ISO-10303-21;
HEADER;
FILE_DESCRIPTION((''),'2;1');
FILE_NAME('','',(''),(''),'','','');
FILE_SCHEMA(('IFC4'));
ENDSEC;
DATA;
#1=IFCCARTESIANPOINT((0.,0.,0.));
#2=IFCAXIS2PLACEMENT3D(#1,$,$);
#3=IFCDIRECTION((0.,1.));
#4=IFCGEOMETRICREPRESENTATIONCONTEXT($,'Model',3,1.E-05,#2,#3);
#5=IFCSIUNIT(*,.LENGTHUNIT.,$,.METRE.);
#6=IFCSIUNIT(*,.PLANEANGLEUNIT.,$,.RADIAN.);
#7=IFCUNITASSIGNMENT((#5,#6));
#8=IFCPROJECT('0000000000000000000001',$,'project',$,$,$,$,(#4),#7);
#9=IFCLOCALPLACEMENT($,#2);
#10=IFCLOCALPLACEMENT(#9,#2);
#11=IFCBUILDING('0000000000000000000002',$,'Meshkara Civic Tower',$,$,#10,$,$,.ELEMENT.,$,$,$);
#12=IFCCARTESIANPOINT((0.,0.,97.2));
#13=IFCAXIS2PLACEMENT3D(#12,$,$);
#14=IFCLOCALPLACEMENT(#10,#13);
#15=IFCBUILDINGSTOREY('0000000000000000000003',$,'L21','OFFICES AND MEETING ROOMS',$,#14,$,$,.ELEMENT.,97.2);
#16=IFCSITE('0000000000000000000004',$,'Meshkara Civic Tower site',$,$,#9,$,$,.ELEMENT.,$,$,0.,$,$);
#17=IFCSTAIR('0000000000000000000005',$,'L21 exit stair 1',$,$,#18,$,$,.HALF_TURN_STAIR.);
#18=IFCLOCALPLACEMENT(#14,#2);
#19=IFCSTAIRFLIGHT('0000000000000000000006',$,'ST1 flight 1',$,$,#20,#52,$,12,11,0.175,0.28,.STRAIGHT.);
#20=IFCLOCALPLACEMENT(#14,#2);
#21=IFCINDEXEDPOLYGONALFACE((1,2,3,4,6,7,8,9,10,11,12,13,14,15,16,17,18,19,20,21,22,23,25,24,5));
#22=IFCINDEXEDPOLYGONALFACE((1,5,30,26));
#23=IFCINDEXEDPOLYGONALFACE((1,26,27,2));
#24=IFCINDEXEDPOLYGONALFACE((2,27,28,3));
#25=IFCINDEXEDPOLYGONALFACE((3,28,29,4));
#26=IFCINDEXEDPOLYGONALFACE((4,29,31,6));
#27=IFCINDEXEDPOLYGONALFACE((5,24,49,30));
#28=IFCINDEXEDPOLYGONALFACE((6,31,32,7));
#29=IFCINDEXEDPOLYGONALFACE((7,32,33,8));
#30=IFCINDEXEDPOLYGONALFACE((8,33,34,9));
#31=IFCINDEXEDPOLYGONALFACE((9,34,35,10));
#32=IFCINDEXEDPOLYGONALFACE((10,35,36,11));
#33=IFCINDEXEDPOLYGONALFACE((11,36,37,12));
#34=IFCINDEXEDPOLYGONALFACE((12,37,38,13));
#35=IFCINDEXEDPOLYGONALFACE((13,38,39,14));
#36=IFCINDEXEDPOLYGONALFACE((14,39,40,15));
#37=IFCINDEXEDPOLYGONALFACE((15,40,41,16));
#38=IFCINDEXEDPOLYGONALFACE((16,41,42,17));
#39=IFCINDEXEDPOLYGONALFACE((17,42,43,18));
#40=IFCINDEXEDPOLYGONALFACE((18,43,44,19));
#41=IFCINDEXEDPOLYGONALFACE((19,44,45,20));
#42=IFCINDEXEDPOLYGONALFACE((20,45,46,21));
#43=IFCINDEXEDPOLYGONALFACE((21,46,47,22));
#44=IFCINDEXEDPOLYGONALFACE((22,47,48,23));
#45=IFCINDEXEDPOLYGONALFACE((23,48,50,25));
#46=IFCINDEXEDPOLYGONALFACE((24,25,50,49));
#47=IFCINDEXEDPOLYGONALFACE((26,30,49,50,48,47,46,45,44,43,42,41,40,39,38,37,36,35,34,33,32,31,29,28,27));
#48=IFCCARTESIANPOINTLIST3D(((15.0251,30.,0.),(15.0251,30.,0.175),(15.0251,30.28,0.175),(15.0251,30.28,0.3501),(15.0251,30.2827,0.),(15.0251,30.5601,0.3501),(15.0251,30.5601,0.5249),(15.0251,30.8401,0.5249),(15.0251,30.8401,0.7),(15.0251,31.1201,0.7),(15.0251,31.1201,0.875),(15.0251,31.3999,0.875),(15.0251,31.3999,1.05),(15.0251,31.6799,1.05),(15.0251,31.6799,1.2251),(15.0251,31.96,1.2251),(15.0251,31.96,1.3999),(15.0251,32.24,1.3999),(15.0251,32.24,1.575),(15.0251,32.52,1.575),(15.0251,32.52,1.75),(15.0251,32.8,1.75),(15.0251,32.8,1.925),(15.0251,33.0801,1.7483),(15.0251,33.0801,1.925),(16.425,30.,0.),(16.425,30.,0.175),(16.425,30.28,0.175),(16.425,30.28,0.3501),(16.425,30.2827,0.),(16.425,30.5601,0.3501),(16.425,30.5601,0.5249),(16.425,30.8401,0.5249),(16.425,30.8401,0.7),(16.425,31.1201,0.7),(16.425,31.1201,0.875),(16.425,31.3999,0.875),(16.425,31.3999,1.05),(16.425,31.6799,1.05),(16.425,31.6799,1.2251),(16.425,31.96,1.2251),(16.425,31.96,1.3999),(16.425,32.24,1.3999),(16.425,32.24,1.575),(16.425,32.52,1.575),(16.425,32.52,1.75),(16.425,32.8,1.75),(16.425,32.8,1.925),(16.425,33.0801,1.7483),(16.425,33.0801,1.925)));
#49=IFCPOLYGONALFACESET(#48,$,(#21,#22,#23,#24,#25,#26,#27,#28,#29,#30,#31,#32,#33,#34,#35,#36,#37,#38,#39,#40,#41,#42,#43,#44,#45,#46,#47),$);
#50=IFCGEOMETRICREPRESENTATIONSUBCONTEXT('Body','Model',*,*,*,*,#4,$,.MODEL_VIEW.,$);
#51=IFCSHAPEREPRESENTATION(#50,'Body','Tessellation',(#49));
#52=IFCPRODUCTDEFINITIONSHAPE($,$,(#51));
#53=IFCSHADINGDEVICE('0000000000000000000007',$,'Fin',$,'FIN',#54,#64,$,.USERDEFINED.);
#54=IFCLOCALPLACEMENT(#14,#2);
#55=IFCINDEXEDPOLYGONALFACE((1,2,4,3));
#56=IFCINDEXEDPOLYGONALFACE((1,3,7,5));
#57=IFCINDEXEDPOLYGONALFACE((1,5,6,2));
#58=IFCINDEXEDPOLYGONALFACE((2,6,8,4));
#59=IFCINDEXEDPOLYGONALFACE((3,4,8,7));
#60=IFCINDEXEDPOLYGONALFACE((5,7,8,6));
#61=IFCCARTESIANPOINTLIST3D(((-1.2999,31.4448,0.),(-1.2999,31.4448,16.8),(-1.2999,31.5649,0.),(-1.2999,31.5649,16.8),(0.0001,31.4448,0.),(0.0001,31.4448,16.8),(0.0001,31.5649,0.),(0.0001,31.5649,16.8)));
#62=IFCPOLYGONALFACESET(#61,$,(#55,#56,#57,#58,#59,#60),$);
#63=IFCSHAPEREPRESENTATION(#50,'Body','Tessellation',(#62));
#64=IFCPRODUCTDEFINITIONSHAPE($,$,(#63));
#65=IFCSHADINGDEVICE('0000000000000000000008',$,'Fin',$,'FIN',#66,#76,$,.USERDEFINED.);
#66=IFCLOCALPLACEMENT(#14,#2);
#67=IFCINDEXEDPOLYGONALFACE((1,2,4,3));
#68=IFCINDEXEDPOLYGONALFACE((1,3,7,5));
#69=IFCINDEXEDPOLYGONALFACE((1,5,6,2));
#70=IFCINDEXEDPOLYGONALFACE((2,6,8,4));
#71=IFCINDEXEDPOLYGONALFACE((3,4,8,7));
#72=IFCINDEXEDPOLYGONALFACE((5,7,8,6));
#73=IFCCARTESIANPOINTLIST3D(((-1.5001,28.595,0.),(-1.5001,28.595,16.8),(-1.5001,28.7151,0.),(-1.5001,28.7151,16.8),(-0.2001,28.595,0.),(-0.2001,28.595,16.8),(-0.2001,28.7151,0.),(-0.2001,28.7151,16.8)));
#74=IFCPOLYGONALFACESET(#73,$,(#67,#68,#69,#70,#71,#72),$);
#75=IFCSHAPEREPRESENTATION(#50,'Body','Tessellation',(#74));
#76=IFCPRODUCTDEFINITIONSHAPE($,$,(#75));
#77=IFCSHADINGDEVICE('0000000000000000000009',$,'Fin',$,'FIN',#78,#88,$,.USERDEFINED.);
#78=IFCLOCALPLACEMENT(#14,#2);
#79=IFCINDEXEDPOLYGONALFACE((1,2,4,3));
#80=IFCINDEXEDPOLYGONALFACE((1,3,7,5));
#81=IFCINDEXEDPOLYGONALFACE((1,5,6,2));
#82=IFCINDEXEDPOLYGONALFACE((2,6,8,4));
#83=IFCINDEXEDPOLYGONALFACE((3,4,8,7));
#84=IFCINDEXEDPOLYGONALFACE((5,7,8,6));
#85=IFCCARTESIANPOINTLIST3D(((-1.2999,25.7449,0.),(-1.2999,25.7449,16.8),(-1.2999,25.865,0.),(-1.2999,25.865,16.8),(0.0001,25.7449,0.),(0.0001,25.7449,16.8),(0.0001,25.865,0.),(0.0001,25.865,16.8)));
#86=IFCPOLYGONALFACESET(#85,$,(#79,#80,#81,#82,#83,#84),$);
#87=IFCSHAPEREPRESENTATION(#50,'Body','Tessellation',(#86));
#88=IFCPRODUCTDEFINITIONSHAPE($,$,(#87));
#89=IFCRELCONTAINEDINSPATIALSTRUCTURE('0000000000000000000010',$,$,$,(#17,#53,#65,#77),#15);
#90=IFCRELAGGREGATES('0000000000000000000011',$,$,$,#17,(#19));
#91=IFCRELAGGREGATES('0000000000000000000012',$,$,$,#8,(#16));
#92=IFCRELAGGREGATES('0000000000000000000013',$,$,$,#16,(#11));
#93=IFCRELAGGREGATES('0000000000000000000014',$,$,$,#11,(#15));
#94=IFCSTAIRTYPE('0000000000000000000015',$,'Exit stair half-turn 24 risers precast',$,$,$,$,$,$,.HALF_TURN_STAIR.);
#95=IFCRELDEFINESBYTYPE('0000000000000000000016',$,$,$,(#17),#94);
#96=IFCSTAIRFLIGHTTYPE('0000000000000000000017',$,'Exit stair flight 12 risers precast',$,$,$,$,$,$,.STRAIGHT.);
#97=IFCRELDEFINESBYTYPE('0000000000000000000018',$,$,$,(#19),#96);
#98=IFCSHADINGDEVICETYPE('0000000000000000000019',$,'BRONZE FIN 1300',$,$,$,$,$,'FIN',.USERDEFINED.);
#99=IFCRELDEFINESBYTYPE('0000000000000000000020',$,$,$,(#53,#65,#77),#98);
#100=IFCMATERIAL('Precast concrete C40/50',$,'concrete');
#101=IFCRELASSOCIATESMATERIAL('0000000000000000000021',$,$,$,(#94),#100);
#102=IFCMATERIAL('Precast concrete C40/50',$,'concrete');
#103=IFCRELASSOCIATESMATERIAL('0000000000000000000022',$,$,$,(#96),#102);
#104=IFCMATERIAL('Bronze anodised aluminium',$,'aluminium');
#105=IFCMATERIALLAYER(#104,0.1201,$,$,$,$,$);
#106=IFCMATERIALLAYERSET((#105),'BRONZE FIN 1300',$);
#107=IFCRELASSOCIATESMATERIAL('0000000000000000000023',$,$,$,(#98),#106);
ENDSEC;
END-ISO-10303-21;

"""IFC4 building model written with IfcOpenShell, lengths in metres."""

from ifc_helpers import new_model, si_unit, direction, frame, origin, origin_2d, place, context, subcontext, project, spatial, polyline, rectangle, outline, extrude, material, layer, layer_set, type_object, element, aggregate, save


model = new_model("IFC4")

# Units and contexts
model_context = context("Model", 3, precision=1e-05, world=origin(), true_north=direction((0.0, 1.0)))
body_context = subcontext(model_context, "Body", "Model", "MODEL_VIEW")
ifc_project = project(units=[si_unit("LENGTHUNIT", "METRE"), si_unit("PLANEANGLEUNIT", "RADIAN")], contexts=[model_context])

# Site, building, storey
site_placement = place(None, origin())
site = spatial("IfcSite", under=ifc_project, at=site_placement, Name="Meshkara Civic Tower site", CompositionType="ELEMENT", RefElevation=0.0)
building_placement = place(site_placement, origin())
building = spatial("IfcBuilding", under=site, at=building_placement, Name="Meshkara Civic Tower", CompositionType="ELEMENT")
storey_placement = place(building_placement, frame((0.0, 0.0, 97.2)))
storey = spatial("IfcBuildingStorey", under=building, at=storey_placement, Name="L21", Description="OFFICES AND MEETING ROOMS", CompositionType="ELEMENT", Elevation=97.2)

# Stair, stair flight
ifc_material_1 = material(Name="Precast concrete C40/50", Category="concrete")
stair_type = type_object("IfcStairType", Name="Exit stair half-turn 24 risers precast", PredefinedType="HALF_TURN_STAIR", material=ifc_material_1)
stair_placement = place(storey_placement, origin())
stair = element("IfcStair", 1, at=stair_placement, inside=storey, type_object=stair_type, Name="L21 exit stair 1", PredefinedType="HALF_TURN_STAIR")
ifc_material_2 = material(Name="Precast concrete C40/50", Category="concrete")
stair_flight_type = type_object("IfcStairFlightType", Name="Exit stair flight 12 risers precast", PredefinedType="STRAIGHT", material=ifc_material_2)
stair_flight_placement = place(storey_placement, frame((15.7251, 30.0, 0.0), z_axis=(0.0, 0.0, 1.0), x_axis=(0.0, 1.0, 0.0)))
stair_flight = element("IfcStairFlight", 2, at=stair_flight_placement, type_object=stair_flight_type, Name="ST1 flight 1", NumberOfRisers=12, NumberOfTreads=11, PredefinedType="STRAIGHT", RiserHeight=0.175, TreadLength=0.28, context=body_context, shape_type="SweptSolid", body=[
    extrude(outline(polyline([(0.0, 0.0), (0.0, 0.175), (0.28, 0.175), (0.28, 0.3501), (0.5601, 0.3501), (0.5601, 0.5249), (0.8401, 0.5249), (0.8401, 0.7), (1.1201, 0.7), (1.1201, 0.875), (1.3999, 0.875), (1.3999, 1.05), (1.6799, 1.05), (1.6799, 1.2251), (1.96, 1.2251), (1.96, 1.3999), (2.24, 1.3999), (2.24, 1.575), (2.52, 1.575), (2.52, 1.75), (2.8, 1.75), (2.8, 1.925), (3.0801, 1.925), (3.0801, 2.1001), (3.0801, 1.7483), (0.2827, 0.0), (0.0, 0.0)])), frame((0.0, 0.7, 0.0), z_axis=(0.0, -1.0, 0.0), x_axis=(1.0, 0.0, 0.0)), (0.0, 0.0, 1.0), 1.3999),
])
aggregate(stair, [stair_flight])

# Shading devices
ifc_material_3 = material(Name="Bronze anodised aluminium", Category="aluminium")
ifc_layer_1 = layer(ifc_material_3, 0.1201)
ifc_layer_set_1 = layer_set([ifc_layer_1], Name="BRONZE FIN 1300")
shading_device_type = type_object("IfcShadingDeviceType", Name="BRONZE FIN 1300", ElementType="FIN", PredefinedType="USERDEFINED", material=ifc_layer_set_1)
for number, where, z_axis, x_axis, name in (
    (3, (-0.6499, 31.5049, 0.0), (0.0, 0.0, 1.0), (0.0, -1.0, 0.0), "Fin"),
    (4, (-0.8501, 28.655, 0.0), (0.0, 0.0, 1.0), (0.0, -1.0, 0.0), "Fin"),
    (5, (-0.6499, 25.8049, 0.0), (0.0, 0.0, 1.0), (0.0, -1.0, 0.0), "Fin"),
):
    element("IfcShadingDevice", number, at=place(storey_placement, frame(where, z_axis=z_axis, x_axis=x_axis)), inside=storey, type_object=shading_device_type, Name=name, ObjectType="FIN", PredefinedType="USERDEFINED", context=body_context, shape_type="SweptSolid", body=[
        extrude(rectangle(XDim=0.1201, YDim=1.3, at=origin_2d()), origin(), (0.0, 0.0, 1.0), 16.8),
    ])

save(model, "model.ifc")
